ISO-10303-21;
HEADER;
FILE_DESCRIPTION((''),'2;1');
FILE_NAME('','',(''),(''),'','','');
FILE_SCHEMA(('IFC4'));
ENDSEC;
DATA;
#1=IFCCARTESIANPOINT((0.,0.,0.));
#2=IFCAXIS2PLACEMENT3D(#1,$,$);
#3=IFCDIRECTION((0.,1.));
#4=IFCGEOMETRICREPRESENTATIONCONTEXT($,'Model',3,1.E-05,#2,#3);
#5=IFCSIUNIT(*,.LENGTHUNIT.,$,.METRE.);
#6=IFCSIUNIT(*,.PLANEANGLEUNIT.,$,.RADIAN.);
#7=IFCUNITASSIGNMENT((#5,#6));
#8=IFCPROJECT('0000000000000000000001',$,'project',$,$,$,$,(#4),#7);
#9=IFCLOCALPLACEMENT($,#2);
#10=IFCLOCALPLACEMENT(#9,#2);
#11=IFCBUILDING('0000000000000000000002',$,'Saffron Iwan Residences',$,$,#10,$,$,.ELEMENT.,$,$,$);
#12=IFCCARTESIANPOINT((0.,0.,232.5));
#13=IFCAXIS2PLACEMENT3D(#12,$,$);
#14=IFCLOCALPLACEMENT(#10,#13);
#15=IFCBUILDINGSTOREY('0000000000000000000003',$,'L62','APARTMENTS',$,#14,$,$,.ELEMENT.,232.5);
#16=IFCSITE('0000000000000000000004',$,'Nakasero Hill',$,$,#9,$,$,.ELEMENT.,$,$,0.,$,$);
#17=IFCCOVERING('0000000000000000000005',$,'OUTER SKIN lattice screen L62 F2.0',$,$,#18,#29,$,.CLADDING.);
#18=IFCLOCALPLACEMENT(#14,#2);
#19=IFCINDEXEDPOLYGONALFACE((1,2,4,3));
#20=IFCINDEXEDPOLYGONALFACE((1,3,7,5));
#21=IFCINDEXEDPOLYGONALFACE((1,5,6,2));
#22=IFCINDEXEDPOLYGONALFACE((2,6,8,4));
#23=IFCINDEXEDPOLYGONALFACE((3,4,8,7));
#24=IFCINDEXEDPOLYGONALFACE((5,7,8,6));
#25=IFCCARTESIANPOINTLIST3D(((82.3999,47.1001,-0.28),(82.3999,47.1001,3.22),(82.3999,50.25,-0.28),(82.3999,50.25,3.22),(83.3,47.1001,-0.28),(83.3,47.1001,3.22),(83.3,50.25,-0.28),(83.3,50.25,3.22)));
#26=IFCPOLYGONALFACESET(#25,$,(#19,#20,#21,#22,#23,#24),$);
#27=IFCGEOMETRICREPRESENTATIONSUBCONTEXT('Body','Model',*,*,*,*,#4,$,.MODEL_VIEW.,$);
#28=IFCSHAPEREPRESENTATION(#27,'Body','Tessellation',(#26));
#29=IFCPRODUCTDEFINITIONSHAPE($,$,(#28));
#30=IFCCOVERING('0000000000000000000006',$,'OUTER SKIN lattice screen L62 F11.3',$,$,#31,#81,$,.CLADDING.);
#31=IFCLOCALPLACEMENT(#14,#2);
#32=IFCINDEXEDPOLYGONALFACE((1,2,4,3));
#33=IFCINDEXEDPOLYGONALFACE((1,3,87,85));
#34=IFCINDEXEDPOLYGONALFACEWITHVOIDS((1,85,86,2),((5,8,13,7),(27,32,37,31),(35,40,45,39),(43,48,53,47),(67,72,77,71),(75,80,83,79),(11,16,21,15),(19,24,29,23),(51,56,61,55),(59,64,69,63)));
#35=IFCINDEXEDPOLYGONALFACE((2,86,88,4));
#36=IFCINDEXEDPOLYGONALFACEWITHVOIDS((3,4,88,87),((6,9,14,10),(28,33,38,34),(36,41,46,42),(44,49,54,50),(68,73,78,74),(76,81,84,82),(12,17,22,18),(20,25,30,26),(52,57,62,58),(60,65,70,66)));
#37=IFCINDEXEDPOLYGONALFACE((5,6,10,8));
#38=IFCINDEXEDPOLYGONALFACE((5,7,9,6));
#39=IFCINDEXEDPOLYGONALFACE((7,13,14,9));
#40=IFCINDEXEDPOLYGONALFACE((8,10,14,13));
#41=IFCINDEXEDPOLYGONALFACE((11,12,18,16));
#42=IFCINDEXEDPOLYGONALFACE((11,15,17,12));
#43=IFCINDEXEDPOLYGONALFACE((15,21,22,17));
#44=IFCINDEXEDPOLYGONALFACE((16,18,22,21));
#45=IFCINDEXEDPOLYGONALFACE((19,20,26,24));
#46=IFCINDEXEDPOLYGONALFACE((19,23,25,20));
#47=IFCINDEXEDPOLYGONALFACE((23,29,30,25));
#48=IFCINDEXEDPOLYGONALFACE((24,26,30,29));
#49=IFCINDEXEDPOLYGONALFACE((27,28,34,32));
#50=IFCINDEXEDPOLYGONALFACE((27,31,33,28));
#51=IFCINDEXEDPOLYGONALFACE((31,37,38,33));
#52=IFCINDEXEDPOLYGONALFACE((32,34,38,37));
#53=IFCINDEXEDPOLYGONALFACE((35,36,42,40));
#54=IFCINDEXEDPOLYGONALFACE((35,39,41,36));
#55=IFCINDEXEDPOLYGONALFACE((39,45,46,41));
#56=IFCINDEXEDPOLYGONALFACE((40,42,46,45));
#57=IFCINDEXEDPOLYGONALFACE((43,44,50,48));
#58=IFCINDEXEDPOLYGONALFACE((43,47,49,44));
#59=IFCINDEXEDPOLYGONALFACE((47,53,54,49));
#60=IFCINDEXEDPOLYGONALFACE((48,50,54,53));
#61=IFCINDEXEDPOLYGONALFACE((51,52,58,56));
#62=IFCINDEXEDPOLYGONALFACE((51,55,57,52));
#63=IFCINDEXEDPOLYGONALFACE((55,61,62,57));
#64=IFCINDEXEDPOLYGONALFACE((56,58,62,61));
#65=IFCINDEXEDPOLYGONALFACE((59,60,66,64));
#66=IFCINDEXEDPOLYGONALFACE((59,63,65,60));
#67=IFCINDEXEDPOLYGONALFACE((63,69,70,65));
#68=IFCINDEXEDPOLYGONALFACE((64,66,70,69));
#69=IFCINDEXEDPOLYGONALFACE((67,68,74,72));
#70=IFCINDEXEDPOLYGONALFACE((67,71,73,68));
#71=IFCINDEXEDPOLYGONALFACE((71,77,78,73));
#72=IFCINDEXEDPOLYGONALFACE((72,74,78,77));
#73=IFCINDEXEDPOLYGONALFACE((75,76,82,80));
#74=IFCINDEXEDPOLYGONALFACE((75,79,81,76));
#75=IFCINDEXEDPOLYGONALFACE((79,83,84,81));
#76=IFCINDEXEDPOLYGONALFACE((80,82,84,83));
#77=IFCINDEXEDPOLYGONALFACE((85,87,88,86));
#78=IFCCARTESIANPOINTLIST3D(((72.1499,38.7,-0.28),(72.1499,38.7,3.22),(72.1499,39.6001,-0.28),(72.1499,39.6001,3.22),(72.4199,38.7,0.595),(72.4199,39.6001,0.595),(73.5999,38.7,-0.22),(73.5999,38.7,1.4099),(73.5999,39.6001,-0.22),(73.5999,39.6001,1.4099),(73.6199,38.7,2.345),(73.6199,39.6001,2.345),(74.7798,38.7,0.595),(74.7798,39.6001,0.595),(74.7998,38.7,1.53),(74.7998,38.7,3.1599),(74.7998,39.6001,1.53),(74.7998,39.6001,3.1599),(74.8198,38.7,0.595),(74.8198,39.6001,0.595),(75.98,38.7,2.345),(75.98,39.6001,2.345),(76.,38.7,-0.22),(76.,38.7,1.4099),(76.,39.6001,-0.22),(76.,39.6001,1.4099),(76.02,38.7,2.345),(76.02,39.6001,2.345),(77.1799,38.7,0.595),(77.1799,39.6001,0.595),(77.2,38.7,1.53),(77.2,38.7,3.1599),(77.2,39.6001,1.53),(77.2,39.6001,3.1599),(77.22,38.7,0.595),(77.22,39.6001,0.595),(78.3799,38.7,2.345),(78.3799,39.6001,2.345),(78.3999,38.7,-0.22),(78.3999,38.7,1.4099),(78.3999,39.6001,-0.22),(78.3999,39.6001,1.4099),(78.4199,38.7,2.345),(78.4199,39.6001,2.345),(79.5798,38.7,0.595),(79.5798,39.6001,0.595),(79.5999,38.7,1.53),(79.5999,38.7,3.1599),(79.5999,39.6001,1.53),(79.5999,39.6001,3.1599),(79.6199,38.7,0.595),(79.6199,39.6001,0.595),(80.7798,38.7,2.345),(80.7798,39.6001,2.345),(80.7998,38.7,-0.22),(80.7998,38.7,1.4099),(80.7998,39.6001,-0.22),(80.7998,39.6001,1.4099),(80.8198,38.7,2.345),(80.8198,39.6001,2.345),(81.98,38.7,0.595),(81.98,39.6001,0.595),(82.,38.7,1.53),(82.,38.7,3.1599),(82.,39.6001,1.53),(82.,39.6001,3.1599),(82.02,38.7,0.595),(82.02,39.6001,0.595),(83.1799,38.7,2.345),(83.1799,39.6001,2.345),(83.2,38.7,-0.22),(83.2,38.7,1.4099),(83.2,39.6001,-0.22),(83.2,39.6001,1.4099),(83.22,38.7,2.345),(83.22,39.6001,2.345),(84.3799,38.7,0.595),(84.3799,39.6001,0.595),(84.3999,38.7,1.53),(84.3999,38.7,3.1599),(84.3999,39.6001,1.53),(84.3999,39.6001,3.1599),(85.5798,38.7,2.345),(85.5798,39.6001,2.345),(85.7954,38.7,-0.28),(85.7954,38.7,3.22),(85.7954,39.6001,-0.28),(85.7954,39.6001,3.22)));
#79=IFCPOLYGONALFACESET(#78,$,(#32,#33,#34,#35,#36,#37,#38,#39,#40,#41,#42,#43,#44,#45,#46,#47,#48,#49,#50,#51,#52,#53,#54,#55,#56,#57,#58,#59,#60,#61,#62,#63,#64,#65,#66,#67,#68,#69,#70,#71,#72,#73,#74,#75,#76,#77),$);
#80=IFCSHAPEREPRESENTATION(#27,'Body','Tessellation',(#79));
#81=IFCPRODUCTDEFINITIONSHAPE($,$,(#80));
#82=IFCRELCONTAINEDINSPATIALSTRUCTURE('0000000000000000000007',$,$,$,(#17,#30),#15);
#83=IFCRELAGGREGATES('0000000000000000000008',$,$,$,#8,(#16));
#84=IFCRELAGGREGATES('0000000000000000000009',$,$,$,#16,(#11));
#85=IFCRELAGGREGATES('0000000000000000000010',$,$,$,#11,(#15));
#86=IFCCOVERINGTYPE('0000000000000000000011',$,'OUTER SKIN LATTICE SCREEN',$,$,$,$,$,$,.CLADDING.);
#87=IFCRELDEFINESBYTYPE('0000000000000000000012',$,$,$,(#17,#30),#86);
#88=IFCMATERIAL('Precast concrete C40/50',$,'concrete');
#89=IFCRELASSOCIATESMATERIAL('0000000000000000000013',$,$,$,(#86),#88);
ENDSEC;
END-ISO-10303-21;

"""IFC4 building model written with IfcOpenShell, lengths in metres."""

from ifc_helpers import new_model, si_unit, direction, frame, origin, place, context, subcontext, project, spatial, polyline, outline, extrude, material, type_object, element, save


model = new_model("IFC4")

# Units and contexts
model_context = context("Model", 3, precision=1e-05, world=origin(), true_north=direction((0.0, 1.0)))
body_context = subcontext(model_context, "Body", "Model", "MODEL_VIEW")
ifc_project = project(units=[si_unit("LENGTHUNIT", "METRE"), si_unit("PLANEANGLEUNIT", "RADIAN")], contexts=[model_context])

# Site, building, storey
site_placement = place(None, origin())
site = spatial("IfcSite", under=ifc_project, at=site_placement, Name="Nakasero Hill", CompositionType="ELEMENT", RefElevation=0.0)
building_placement = place(site_placement, origin())
building = spatial("IfcBuilding", under=site, at=building_placement, Name="Saffron Iwan Residences", CompositionType="ELEMENT")
storey_placement = place(building_placement, frame((0.0, 0.0, 232.5)))
storey = spatial("IfcBuildingStorey", under=building, at=storey_placement, Name="L62", Description="APARTMENTS", CompositionType="ELEMENT", Elevation=232.5)

# Coverings
ifc_material_1 = material(Name="Precast concrete C40/50", Category="concrete")
covering_type = type_object("IfcCoveringType", Name="OUTER SKIN LATTICE SCREEN", PredefinedType="CLADDING", material=ifc_material_1)
covering_1_placement = place(storey_placement, frame((82.3999, 47.1001, -0.28), z_axis=(1.0, 0.0, 0.0), x_axis=(0.0, 1.0, 0.0)))
element("IfcCovering", 1, at=covering_1_placement, inside=storey, type_object=covering_type, Name="OUTER SKIN lattice screen L62 F2.0", PredefinedType="CLADDING", context=body_context, shape_type="SweptSolid", body=[
    extrude(outline(polyline([(0.0, 0.0), (3.1499, 0.0), (3.1499, 3.5), (0.0, 3.5), (0.0, 0.0)])), origin(), (0.0, 0.0, 1.0), 0.9001),
])
covering_2_placement = place(storey_placement, frame((72.1499, 39.6001, -0.28), z_axis=(0.0, -1.0, 0.0), x_axis=(1.0, 0.0, 0.0)))
element("IfcCovering", 2, at=covering_2_placement, inside=storey, type_object=covering_type, Name="OUTER SKIN lattice screen L62 F11.3", PredefinedType="CLADDING", context=body_context, shape_type="SweptSolid", body=[
    extrude(outline(polyline([(0.0, 0.0), (13.6455, 0.0), (13.6455, 3.5), (0.0, 3.5), (0.0, 0.0)]), holes=[polyline([(0.27, 0.875), (1.45, 0.0601), (2.6299, 0.875), (1.45, 1.6899), (0.27, 0.875)]), polyline([(2.6699, 0.875), (3.8501, 0.0601), (5.03, 0.875), (3.8501, 1.6899), (2.6699, 0.875)]), polyline([(5.0701, 0.875), (6.25, 0.0601), (7.4299, 0.875), (6.25, 1.6899), (5.0701, 0.875)]), polyline([(7.47, 0.875), (8.6499, 0.0601), (9.8301, 0.875), (8.6499, 1.6899), (7.47, 0.875)]), polyline([(9.8701, 0.875), (11.05, 0.0601), (12.23, 0.875), (11.05, 1.6899), (9.8701, 0.875)]), polyline([(1.47, 2.625), (2.6499, 1.8101), (3.8301, 2.625), (2.6499, 3.4399), (1.47, 2.625)]), polyline([(3.8701, 2.625), (5.05, 1.8101), (6.23, 2.625), (5.05, 3.4399), (3.8701, 2.625)]), polyline([(6.27, 2.625), (7.45, 1.8101), (8.6299, 2.625), (7.45, 3.4399), (6.27, 2.625)]), polyline([(8.6699, 2.625), (9.8501, 1.8101), (11.03, 2.625), (9.8501, 3.4399), (8.6699, 2.625)]), polyline([(11.0701, 2.625), (12.25, 1.8101), (13.4299, 2.625), (12.25, 3.4399), (11.0701, 2.625)])]), origin(), (0.0, 0.0, 1.0), 0.9001),
])

save(model, "model.ifc")
